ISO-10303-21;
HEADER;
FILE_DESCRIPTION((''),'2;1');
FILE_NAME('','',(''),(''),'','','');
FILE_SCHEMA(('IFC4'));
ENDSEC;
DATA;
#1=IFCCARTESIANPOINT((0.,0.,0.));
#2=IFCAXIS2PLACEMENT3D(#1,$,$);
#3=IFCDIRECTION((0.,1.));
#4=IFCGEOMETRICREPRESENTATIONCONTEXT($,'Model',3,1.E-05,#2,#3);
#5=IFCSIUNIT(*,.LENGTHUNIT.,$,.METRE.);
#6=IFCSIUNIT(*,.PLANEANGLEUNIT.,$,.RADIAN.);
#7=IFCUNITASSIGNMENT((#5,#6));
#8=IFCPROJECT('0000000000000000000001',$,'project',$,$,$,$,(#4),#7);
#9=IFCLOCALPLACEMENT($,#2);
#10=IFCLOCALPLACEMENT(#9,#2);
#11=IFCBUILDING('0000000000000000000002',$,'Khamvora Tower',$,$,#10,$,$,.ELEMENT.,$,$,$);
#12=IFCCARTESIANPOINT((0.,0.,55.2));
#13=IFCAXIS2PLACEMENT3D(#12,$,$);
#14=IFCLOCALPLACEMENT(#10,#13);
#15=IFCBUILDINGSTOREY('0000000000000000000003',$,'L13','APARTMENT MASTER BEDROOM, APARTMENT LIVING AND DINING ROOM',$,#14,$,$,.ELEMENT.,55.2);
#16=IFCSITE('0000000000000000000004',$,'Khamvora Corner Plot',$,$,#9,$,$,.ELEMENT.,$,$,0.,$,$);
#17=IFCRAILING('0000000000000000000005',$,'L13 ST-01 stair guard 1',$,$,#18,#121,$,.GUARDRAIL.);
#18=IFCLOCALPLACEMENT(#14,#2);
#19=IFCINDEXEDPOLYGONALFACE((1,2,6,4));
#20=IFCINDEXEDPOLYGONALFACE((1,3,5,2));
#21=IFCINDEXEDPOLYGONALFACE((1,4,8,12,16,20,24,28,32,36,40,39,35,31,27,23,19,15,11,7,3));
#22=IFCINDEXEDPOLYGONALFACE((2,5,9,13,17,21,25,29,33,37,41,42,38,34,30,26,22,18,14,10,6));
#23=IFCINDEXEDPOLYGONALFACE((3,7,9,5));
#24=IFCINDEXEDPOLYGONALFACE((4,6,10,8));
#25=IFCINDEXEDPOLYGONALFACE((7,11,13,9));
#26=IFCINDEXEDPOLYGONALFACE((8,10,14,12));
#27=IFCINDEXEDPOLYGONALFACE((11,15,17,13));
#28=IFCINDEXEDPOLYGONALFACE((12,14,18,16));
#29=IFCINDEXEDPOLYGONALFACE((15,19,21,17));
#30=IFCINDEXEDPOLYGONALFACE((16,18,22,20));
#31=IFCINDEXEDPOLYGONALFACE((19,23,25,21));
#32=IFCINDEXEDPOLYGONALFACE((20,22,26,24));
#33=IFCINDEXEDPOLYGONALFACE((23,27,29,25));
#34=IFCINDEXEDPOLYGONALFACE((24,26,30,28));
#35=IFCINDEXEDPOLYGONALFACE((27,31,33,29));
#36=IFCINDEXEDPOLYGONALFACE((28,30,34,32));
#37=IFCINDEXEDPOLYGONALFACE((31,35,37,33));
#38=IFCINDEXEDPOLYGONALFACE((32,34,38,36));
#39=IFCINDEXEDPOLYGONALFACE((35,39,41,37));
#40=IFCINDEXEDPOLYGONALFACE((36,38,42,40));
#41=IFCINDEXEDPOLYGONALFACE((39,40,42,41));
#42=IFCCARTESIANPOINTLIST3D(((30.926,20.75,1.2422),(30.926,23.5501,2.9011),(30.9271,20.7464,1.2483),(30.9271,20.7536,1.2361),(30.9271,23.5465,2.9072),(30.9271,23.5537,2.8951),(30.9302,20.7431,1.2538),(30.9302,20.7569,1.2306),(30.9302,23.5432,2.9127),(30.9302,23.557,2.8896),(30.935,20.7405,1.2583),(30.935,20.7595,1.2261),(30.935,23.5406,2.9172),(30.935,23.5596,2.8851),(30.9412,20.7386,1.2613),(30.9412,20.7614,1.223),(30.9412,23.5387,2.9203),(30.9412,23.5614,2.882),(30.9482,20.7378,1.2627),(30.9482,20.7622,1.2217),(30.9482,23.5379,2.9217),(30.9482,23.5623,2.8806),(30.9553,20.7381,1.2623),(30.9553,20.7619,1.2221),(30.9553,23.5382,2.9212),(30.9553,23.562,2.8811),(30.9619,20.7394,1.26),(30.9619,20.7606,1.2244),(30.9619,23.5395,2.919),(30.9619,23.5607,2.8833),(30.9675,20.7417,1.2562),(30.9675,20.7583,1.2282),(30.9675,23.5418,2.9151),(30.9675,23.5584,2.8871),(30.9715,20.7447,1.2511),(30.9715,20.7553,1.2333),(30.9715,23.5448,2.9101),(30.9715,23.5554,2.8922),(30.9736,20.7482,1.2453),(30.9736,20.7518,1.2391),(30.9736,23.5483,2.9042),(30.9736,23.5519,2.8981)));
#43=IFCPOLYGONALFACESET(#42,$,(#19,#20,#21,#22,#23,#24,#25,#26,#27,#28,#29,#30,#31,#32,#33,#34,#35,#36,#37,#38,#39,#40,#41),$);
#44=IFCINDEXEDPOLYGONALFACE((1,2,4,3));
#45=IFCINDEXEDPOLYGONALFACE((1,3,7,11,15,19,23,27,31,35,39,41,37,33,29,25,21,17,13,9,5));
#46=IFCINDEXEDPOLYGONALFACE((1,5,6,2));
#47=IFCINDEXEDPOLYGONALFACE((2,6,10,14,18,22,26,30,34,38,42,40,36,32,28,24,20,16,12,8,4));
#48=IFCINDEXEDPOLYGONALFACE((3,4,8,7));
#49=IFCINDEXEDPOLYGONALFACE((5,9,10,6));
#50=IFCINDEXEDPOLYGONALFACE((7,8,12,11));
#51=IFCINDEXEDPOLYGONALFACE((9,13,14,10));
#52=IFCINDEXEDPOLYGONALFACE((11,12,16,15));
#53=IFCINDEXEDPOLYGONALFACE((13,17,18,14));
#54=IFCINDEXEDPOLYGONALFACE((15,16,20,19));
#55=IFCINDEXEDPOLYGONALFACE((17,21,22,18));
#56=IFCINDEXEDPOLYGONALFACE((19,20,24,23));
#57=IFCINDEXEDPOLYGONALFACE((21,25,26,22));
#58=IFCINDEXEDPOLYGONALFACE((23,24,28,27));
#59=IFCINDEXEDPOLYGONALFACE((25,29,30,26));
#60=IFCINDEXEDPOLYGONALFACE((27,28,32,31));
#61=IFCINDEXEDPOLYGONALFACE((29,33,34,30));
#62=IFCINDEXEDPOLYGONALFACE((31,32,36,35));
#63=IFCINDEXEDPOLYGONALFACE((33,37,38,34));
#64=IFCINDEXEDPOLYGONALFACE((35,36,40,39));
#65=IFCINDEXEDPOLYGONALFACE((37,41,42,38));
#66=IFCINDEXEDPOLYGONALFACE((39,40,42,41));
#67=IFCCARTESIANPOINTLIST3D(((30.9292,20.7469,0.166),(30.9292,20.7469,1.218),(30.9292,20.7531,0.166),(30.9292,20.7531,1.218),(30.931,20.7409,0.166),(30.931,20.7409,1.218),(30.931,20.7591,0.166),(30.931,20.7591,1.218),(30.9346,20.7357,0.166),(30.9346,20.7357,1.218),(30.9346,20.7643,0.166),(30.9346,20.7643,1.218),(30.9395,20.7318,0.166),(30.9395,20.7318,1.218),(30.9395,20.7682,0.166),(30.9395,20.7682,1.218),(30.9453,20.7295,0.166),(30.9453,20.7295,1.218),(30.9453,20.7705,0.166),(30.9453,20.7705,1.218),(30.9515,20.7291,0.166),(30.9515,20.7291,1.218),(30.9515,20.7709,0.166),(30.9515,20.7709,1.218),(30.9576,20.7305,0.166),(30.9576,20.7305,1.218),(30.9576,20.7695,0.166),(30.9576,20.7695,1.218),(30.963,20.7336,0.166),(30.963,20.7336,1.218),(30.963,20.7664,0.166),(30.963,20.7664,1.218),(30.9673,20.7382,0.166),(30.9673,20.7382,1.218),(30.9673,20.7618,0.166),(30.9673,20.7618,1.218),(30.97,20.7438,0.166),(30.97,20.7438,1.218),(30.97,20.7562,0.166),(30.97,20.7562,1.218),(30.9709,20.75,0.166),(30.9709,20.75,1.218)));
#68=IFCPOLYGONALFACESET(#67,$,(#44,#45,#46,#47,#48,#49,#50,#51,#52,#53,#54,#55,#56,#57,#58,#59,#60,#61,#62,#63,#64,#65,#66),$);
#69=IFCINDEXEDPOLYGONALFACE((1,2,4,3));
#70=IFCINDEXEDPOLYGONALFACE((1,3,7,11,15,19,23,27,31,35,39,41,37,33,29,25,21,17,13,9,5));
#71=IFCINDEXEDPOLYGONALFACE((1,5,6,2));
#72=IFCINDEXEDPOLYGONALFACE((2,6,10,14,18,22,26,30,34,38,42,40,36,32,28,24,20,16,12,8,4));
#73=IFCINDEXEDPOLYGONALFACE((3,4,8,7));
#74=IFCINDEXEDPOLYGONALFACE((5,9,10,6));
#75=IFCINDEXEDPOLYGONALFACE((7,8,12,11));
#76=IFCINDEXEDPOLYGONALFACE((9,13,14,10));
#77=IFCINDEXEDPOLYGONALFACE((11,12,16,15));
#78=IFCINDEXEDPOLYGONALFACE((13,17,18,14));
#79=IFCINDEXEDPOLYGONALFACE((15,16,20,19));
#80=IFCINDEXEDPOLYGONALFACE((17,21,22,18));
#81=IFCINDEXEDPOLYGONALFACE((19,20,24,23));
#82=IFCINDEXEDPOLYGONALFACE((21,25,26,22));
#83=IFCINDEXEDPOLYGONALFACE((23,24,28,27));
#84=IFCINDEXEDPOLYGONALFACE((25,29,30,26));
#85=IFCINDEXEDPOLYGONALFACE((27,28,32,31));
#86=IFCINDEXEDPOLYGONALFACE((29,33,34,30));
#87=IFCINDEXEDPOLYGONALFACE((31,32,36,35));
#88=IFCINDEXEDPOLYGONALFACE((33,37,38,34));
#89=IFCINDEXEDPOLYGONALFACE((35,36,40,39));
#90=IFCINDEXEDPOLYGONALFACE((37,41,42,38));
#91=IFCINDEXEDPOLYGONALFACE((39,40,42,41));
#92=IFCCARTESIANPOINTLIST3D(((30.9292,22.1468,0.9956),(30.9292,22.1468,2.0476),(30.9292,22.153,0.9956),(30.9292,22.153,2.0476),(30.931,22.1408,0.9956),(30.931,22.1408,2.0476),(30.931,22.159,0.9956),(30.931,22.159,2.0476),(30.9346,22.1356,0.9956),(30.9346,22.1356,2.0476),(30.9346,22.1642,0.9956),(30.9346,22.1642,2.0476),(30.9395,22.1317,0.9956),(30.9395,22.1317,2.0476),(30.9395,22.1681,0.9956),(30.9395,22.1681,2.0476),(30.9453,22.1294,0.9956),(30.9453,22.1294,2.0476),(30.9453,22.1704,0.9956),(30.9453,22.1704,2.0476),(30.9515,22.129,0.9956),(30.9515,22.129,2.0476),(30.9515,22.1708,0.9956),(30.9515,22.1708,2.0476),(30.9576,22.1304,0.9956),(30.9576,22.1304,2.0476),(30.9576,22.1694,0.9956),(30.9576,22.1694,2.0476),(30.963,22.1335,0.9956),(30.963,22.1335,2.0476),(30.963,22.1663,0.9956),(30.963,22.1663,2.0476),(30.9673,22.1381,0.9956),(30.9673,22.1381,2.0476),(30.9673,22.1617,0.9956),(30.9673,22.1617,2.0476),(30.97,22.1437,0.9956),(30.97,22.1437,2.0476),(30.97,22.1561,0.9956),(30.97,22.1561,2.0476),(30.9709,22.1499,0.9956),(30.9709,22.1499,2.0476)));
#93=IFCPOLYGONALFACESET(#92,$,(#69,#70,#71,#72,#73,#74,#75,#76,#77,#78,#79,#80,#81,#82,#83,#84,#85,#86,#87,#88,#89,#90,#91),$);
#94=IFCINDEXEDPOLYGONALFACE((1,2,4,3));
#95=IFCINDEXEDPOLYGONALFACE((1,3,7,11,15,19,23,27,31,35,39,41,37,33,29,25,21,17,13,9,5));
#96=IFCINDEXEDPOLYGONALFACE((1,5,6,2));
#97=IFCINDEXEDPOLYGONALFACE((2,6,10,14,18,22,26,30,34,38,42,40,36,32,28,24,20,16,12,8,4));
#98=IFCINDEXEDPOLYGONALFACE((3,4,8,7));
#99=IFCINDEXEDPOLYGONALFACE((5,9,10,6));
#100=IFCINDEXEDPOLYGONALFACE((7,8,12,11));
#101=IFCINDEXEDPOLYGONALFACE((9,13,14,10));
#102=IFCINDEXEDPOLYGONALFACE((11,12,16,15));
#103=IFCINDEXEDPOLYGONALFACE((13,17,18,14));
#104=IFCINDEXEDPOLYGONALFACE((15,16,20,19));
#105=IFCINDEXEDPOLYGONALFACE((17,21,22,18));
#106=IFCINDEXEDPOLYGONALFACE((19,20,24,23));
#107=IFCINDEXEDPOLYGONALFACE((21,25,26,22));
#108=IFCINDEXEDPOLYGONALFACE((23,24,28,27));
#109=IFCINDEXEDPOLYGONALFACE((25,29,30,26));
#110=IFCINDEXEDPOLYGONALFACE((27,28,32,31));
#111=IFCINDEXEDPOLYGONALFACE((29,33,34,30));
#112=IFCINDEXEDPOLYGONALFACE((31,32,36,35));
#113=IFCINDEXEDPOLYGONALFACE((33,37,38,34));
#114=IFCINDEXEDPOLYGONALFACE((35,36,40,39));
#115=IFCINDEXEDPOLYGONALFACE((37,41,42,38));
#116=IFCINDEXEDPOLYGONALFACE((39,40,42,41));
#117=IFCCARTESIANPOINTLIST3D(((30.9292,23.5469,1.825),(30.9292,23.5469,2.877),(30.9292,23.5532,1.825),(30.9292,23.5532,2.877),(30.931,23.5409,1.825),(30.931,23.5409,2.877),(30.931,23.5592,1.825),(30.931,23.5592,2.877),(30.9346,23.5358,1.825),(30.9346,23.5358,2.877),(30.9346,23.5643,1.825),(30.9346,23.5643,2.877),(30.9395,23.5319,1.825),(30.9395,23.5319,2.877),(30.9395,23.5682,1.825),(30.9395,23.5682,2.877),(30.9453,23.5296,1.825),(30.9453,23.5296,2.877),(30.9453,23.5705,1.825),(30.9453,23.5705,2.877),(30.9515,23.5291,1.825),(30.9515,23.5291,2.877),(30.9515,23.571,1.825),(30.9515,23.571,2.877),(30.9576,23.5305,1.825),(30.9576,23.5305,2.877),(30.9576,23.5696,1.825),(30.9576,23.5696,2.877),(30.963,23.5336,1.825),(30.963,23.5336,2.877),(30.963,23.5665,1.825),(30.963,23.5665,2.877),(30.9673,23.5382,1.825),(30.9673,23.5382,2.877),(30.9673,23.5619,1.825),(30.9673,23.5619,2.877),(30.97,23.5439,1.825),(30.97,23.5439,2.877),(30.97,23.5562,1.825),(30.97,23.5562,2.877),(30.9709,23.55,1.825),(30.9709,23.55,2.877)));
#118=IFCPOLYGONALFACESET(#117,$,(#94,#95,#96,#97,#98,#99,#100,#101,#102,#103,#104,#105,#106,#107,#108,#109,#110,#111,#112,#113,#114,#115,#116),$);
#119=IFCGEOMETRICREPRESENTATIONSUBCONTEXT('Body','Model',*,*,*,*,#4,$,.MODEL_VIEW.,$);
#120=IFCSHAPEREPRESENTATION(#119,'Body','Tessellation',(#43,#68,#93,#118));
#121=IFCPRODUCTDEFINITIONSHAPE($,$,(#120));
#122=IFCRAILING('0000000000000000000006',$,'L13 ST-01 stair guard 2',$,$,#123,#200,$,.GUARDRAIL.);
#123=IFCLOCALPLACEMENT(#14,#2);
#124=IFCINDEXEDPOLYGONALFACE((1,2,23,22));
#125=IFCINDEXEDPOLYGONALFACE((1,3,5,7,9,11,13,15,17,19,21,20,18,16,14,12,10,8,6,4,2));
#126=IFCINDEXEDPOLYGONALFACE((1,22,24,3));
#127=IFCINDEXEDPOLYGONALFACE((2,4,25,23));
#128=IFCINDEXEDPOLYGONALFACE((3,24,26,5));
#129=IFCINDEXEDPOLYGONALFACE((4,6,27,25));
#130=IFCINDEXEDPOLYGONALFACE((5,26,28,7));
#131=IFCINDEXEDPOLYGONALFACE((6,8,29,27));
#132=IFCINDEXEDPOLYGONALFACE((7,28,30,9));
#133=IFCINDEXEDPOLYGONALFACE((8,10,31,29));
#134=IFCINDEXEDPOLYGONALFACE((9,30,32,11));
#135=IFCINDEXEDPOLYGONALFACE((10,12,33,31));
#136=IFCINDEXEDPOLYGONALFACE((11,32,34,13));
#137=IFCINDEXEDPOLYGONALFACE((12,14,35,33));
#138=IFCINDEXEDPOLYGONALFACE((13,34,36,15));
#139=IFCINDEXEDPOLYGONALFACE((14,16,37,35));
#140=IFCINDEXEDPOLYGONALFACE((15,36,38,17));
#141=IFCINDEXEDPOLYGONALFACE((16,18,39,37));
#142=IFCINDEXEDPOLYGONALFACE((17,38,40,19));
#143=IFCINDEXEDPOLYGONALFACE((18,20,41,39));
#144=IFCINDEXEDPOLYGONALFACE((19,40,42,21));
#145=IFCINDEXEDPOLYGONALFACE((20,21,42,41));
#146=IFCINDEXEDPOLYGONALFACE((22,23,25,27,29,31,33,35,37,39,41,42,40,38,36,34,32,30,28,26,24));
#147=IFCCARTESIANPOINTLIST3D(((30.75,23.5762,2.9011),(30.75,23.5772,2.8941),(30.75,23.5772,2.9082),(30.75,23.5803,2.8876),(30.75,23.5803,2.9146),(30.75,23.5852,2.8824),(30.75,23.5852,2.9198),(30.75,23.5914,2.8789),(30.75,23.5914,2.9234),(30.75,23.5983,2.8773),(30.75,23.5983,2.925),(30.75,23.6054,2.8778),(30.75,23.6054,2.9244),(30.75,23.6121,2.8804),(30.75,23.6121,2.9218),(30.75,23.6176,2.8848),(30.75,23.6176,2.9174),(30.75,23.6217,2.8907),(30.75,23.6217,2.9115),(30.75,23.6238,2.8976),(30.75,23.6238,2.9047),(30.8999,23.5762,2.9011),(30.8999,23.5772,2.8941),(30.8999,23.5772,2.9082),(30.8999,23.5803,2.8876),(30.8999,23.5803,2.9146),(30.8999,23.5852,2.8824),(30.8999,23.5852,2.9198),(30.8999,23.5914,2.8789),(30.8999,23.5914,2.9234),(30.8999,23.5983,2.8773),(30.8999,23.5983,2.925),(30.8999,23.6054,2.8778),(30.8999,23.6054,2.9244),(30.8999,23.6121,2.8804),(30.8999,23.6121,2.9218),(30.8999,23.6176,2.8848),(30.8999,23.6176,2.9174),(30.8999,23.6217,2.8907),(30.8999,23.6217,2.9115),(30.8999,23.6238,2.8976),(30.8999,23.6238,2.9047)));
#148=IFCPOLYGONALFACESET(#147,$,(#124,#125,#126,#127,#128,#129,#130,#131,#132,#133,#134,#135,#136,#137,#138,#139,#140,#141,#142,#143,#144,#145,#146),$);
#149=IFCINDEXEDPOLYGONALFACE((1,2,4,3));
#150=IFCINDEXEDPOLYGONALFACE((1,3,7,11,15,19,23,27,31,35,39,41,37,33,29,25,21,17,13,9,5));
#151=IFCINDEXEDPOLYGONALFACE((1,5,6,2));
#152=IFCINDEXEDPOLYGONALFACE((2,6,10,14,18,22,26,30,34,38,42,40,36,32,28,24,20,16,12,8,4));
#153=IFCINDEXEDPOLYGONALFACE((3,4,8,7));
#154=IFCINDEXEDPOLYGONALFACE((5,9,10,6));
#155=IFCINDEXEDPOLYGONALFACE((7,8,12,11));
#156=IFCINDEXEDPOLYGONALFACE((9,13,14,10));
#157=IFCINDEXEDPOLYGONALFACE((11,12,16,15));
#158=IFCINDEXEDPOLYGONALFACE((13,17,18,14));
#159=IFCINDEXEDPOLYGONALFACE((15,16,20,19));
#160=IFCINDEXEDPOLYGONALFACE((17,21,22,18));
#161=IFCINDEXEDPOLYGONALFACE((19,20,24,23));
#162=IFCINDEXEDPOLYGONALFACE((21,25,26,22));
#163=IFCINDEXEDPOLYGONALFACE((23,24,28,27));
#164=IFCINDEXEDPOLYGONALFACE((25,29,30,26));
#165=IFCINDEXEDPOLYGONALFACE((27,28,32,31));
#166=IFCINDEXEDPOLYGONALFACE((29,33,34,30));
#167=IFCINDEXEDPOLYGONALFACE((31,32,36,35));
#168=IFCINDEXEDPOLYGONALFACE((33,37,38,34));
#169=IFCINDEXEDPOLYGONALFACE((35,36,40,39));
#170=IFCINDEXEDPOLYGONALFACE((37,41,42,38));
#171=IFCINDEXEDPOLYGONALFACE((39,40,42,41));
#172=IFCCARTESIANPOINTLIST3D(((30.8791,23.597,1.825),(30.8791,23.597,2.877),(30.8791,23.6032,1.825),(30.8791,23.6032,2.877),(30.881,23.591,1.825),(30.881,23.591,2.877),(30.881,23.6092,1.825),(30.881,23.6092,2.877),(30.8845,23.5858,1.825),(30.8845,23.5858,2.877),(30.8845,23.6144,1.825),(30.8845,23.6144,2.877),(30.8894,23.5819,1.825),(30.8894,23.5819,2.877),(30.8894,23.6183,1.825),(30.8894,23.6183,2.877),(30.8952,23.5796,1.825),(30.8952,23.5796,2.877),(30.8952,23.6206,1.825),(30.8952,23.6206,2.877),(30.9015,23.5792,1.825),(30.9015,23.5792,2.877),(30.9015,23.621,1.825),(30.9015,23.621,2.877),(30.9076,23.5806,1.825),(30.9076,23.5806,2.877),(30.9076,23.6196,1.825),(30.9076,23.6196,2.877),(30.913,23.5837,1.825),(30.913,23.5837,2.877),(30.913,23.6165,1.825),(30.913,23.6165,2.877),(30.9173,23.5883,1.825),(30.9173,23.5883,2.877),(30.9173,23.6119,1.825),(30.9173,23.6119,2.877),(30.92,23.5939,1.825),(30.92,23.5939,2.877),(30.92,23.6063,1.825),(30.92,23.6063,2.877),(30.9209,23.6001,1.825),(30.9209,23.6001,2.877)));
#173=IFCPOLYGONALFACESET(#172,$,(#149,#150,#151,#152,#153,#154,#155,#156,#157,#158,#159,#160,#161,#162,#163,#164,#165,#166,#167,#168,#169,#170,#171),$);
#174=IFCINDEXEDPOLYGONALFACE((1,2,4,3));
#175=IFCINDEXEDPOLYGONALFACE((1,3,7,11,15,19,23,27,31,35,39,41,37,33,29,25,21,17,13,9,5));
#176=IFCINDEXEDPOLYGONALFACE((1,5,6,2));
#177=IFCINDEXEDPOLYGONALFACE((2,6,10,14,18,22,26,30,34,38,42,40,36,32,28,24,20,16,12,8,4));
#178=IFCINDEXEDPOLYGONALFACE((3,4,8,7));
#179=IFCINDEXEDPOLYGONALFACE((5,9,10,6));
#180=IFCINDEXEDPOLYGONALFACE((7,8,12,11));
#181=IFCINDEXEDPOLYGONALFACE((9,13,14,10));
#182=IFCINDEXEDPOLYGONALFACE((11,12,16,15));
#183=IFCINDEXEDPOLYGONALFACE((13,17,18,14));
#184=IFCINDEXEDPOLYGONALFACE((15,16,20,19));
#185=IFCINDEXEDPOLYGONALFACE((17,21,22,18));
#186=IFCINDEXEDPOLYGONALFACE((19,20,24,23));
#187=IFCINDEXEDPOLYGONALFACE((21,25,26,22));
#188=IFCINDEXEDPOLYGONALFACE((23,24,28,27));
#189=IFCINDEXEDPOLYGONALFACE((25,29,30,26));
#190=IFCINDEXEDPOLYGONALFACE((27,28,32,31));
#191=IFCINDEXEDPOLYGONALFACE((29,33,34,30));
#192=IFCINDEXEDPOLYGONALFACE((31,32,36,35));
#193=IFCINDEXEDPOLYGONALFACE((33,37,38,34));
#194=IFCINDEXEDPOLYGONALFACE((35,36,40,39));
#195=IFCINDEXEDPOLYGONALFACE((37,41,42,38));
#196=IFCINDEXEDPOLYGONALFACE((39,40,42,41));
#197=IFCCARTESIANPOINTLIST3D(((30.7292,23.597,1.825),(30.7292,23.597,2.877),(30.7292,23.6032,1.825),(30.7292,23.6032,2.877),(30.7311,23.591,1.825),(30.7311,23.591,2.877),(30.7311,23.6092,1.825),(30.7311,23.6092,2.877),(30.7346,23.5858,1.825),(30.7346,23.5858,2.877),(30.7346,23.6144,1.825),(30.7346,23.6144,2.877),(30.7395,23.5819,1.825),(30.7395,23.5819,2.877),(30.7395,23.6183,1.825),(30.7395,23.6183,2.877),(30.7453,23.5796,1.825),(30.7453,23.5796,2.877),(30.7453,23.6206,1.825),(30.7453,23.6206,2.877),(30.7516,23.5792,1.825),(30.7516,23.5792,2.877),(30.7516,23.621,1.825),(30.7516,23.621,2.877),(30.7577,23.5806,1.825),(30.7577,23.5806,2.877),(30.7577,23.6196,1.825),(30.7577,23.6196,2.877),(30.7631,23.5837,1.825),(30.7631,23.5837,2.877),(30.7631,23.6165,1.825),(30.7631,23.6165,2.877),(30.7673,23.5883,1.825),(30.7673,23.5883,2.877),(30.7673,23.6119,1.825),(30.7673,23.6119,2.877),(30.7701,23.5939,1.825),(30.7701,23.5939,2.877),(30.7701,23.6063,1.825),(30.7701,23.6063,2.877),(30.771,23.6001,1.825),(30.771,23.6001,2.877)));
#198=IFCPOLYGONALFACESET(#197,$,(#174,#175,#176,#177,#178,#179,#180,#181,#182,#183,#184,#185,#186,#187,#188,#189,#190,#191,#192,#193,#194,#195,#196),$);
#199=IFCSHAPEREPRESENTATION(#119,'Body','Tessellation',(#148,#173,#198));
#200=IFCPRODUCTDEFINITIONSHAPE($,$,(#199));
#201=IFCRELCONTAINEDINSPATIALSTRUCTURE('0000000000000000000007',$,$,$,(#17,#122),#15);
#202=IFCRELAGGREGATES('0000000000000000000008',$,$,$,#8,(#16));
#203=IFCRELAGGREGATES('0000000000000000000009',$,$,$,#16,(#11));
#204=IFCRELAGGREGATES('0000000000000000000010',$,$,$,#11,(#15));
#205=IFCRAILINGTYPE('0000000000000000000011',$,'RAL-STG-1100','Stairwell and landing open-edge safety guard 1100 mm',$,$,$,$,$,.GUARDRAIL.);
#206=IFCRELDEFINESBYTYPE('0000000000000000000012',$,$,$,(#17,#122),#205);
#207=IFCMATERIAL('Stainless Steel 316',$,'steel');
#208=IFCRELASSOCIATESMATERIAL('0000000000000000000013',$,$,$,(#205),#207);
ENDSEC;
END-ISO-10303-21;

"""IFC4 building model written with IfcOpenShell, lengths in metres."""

from ifc_helpers import new_model, si_unit, direction, frame, origin, origin_2d, place, context, subcontext, project, spatial, circle, extrude, material, type_object, element, save


model = new_model("IFC4")

# Units and contexts
model_context = context("Model", 3, precision=1e-05, world=origin(), true_north=direction((0.0, 1.0)))
body_context = subcontext(model_context, "Body", "Model", "MODEL_VIEW")
ifc_project = project(units=[si_unit("LENGTHUNIT", "METRE"), si_unit("PLANEANGLEUNIT", "RADIAN")], contexts=[model_context])

# Site, building, storey
site_placement = place(None, origin())
site = spatial("IfcSite", under=ifc_project, at=site_placement, Name="Khamvora Corner Plot", CompositionType="ELEMENT", RefElevation=0.0)
building_placement = place(site_placement, origin())
building = spatial("IfcBuilding", under=site, at=building_placement, Name="Khamvora Tower", CompositionType="ELEMENT")
storey_placement = place(building_placement, frame((0.0, 0.0, 55.2)))
storey = spatial("IfcBuildingStorey", under=building, at=storey_placement, Name="L13", Description="APARTMENT MASTER BEDROOM, APARTMENT LIVING AND DINING ROOM", CompositionType="ELEMENT", Elevation=55.2)

# Railings
ifc_material_1 = material(Name="Stainless Steel 316", Category="steel")
railing_type_1 = type_object("IfcRailingType", Name="RAL-STG-1100", Description="Stairwell and landing open-edge safety guard 1100 mm", PredefinedType="GUARDRAIL", material=ifc_material_1)
railing_1_placement = place(storey_placement, frame((30.95, 20.75, 0.166)))
element("IfcRailing", 1, at=railing_1_placement, inside=storey, type_object=railing_type_1, Name="L13 ST-01 stair guard 1", PredefinedType="GUARDRAIL", context=body_context, shape_type="SweptSolid", body=[
    extrude(circle(Radius=0.0239, at=origin_2d()), frame((0.0, 0.0, 1.0762), z_axis=(0.0, 0.860339, 0.509722), x_axis=(-1.0, 0.0, 0.0)), (0.0, 0.0, 1.0), 3.2546),
    extrude(circle(Radius=0.021, at=origin_2d()), origin(), (0.0, 0.0, 1.0), 1.052),
    extrude(circle(Radius=0.021, at=origin_2d()), frame((0.0, 1.3999, 0.8296)), (0.0, 0.0, 1.0), 1.052),
    extrude(circle(Radius=0.021, at=origin_2d()), frame((0.0, 2.8, 1.6589)), (0.0, 0.0, 1.0), 1.052),
])
railing_2_placement = place(storey_placement, frame((30.8999, 23.6001, 1.825)))
element("IfcRailing", 2, at=railing_2_placement, inside=storey, type_object=railing_type_1, Name="L13 ST-01 stair guard 2", PredefinedType="GUARDRAIL", context=body_context, shape_type="SweptSolid", body=[
    extrude(circle(Radius=0.0239, at=origin_2d()), frame((0.0, 0.0, 1.0762), z_axis=(-1.0, 0.0, 0.0), x_axis=(0.0, -1.0, 0.0)), (0.0, 0.0, 1.0), 0.1499),
    extrude(circle(Radius=0.021, at=origin_2d()), origin(), (0.0, 0.0, 1.0), 1.052),
    extrude(circle(Radius=0.021, at=origin_2d()), frame((-0.1499, 0.0, 0.0)), (0.0, 0.0, 1.0), 1.052),
])

save(model, "model.ifc")
